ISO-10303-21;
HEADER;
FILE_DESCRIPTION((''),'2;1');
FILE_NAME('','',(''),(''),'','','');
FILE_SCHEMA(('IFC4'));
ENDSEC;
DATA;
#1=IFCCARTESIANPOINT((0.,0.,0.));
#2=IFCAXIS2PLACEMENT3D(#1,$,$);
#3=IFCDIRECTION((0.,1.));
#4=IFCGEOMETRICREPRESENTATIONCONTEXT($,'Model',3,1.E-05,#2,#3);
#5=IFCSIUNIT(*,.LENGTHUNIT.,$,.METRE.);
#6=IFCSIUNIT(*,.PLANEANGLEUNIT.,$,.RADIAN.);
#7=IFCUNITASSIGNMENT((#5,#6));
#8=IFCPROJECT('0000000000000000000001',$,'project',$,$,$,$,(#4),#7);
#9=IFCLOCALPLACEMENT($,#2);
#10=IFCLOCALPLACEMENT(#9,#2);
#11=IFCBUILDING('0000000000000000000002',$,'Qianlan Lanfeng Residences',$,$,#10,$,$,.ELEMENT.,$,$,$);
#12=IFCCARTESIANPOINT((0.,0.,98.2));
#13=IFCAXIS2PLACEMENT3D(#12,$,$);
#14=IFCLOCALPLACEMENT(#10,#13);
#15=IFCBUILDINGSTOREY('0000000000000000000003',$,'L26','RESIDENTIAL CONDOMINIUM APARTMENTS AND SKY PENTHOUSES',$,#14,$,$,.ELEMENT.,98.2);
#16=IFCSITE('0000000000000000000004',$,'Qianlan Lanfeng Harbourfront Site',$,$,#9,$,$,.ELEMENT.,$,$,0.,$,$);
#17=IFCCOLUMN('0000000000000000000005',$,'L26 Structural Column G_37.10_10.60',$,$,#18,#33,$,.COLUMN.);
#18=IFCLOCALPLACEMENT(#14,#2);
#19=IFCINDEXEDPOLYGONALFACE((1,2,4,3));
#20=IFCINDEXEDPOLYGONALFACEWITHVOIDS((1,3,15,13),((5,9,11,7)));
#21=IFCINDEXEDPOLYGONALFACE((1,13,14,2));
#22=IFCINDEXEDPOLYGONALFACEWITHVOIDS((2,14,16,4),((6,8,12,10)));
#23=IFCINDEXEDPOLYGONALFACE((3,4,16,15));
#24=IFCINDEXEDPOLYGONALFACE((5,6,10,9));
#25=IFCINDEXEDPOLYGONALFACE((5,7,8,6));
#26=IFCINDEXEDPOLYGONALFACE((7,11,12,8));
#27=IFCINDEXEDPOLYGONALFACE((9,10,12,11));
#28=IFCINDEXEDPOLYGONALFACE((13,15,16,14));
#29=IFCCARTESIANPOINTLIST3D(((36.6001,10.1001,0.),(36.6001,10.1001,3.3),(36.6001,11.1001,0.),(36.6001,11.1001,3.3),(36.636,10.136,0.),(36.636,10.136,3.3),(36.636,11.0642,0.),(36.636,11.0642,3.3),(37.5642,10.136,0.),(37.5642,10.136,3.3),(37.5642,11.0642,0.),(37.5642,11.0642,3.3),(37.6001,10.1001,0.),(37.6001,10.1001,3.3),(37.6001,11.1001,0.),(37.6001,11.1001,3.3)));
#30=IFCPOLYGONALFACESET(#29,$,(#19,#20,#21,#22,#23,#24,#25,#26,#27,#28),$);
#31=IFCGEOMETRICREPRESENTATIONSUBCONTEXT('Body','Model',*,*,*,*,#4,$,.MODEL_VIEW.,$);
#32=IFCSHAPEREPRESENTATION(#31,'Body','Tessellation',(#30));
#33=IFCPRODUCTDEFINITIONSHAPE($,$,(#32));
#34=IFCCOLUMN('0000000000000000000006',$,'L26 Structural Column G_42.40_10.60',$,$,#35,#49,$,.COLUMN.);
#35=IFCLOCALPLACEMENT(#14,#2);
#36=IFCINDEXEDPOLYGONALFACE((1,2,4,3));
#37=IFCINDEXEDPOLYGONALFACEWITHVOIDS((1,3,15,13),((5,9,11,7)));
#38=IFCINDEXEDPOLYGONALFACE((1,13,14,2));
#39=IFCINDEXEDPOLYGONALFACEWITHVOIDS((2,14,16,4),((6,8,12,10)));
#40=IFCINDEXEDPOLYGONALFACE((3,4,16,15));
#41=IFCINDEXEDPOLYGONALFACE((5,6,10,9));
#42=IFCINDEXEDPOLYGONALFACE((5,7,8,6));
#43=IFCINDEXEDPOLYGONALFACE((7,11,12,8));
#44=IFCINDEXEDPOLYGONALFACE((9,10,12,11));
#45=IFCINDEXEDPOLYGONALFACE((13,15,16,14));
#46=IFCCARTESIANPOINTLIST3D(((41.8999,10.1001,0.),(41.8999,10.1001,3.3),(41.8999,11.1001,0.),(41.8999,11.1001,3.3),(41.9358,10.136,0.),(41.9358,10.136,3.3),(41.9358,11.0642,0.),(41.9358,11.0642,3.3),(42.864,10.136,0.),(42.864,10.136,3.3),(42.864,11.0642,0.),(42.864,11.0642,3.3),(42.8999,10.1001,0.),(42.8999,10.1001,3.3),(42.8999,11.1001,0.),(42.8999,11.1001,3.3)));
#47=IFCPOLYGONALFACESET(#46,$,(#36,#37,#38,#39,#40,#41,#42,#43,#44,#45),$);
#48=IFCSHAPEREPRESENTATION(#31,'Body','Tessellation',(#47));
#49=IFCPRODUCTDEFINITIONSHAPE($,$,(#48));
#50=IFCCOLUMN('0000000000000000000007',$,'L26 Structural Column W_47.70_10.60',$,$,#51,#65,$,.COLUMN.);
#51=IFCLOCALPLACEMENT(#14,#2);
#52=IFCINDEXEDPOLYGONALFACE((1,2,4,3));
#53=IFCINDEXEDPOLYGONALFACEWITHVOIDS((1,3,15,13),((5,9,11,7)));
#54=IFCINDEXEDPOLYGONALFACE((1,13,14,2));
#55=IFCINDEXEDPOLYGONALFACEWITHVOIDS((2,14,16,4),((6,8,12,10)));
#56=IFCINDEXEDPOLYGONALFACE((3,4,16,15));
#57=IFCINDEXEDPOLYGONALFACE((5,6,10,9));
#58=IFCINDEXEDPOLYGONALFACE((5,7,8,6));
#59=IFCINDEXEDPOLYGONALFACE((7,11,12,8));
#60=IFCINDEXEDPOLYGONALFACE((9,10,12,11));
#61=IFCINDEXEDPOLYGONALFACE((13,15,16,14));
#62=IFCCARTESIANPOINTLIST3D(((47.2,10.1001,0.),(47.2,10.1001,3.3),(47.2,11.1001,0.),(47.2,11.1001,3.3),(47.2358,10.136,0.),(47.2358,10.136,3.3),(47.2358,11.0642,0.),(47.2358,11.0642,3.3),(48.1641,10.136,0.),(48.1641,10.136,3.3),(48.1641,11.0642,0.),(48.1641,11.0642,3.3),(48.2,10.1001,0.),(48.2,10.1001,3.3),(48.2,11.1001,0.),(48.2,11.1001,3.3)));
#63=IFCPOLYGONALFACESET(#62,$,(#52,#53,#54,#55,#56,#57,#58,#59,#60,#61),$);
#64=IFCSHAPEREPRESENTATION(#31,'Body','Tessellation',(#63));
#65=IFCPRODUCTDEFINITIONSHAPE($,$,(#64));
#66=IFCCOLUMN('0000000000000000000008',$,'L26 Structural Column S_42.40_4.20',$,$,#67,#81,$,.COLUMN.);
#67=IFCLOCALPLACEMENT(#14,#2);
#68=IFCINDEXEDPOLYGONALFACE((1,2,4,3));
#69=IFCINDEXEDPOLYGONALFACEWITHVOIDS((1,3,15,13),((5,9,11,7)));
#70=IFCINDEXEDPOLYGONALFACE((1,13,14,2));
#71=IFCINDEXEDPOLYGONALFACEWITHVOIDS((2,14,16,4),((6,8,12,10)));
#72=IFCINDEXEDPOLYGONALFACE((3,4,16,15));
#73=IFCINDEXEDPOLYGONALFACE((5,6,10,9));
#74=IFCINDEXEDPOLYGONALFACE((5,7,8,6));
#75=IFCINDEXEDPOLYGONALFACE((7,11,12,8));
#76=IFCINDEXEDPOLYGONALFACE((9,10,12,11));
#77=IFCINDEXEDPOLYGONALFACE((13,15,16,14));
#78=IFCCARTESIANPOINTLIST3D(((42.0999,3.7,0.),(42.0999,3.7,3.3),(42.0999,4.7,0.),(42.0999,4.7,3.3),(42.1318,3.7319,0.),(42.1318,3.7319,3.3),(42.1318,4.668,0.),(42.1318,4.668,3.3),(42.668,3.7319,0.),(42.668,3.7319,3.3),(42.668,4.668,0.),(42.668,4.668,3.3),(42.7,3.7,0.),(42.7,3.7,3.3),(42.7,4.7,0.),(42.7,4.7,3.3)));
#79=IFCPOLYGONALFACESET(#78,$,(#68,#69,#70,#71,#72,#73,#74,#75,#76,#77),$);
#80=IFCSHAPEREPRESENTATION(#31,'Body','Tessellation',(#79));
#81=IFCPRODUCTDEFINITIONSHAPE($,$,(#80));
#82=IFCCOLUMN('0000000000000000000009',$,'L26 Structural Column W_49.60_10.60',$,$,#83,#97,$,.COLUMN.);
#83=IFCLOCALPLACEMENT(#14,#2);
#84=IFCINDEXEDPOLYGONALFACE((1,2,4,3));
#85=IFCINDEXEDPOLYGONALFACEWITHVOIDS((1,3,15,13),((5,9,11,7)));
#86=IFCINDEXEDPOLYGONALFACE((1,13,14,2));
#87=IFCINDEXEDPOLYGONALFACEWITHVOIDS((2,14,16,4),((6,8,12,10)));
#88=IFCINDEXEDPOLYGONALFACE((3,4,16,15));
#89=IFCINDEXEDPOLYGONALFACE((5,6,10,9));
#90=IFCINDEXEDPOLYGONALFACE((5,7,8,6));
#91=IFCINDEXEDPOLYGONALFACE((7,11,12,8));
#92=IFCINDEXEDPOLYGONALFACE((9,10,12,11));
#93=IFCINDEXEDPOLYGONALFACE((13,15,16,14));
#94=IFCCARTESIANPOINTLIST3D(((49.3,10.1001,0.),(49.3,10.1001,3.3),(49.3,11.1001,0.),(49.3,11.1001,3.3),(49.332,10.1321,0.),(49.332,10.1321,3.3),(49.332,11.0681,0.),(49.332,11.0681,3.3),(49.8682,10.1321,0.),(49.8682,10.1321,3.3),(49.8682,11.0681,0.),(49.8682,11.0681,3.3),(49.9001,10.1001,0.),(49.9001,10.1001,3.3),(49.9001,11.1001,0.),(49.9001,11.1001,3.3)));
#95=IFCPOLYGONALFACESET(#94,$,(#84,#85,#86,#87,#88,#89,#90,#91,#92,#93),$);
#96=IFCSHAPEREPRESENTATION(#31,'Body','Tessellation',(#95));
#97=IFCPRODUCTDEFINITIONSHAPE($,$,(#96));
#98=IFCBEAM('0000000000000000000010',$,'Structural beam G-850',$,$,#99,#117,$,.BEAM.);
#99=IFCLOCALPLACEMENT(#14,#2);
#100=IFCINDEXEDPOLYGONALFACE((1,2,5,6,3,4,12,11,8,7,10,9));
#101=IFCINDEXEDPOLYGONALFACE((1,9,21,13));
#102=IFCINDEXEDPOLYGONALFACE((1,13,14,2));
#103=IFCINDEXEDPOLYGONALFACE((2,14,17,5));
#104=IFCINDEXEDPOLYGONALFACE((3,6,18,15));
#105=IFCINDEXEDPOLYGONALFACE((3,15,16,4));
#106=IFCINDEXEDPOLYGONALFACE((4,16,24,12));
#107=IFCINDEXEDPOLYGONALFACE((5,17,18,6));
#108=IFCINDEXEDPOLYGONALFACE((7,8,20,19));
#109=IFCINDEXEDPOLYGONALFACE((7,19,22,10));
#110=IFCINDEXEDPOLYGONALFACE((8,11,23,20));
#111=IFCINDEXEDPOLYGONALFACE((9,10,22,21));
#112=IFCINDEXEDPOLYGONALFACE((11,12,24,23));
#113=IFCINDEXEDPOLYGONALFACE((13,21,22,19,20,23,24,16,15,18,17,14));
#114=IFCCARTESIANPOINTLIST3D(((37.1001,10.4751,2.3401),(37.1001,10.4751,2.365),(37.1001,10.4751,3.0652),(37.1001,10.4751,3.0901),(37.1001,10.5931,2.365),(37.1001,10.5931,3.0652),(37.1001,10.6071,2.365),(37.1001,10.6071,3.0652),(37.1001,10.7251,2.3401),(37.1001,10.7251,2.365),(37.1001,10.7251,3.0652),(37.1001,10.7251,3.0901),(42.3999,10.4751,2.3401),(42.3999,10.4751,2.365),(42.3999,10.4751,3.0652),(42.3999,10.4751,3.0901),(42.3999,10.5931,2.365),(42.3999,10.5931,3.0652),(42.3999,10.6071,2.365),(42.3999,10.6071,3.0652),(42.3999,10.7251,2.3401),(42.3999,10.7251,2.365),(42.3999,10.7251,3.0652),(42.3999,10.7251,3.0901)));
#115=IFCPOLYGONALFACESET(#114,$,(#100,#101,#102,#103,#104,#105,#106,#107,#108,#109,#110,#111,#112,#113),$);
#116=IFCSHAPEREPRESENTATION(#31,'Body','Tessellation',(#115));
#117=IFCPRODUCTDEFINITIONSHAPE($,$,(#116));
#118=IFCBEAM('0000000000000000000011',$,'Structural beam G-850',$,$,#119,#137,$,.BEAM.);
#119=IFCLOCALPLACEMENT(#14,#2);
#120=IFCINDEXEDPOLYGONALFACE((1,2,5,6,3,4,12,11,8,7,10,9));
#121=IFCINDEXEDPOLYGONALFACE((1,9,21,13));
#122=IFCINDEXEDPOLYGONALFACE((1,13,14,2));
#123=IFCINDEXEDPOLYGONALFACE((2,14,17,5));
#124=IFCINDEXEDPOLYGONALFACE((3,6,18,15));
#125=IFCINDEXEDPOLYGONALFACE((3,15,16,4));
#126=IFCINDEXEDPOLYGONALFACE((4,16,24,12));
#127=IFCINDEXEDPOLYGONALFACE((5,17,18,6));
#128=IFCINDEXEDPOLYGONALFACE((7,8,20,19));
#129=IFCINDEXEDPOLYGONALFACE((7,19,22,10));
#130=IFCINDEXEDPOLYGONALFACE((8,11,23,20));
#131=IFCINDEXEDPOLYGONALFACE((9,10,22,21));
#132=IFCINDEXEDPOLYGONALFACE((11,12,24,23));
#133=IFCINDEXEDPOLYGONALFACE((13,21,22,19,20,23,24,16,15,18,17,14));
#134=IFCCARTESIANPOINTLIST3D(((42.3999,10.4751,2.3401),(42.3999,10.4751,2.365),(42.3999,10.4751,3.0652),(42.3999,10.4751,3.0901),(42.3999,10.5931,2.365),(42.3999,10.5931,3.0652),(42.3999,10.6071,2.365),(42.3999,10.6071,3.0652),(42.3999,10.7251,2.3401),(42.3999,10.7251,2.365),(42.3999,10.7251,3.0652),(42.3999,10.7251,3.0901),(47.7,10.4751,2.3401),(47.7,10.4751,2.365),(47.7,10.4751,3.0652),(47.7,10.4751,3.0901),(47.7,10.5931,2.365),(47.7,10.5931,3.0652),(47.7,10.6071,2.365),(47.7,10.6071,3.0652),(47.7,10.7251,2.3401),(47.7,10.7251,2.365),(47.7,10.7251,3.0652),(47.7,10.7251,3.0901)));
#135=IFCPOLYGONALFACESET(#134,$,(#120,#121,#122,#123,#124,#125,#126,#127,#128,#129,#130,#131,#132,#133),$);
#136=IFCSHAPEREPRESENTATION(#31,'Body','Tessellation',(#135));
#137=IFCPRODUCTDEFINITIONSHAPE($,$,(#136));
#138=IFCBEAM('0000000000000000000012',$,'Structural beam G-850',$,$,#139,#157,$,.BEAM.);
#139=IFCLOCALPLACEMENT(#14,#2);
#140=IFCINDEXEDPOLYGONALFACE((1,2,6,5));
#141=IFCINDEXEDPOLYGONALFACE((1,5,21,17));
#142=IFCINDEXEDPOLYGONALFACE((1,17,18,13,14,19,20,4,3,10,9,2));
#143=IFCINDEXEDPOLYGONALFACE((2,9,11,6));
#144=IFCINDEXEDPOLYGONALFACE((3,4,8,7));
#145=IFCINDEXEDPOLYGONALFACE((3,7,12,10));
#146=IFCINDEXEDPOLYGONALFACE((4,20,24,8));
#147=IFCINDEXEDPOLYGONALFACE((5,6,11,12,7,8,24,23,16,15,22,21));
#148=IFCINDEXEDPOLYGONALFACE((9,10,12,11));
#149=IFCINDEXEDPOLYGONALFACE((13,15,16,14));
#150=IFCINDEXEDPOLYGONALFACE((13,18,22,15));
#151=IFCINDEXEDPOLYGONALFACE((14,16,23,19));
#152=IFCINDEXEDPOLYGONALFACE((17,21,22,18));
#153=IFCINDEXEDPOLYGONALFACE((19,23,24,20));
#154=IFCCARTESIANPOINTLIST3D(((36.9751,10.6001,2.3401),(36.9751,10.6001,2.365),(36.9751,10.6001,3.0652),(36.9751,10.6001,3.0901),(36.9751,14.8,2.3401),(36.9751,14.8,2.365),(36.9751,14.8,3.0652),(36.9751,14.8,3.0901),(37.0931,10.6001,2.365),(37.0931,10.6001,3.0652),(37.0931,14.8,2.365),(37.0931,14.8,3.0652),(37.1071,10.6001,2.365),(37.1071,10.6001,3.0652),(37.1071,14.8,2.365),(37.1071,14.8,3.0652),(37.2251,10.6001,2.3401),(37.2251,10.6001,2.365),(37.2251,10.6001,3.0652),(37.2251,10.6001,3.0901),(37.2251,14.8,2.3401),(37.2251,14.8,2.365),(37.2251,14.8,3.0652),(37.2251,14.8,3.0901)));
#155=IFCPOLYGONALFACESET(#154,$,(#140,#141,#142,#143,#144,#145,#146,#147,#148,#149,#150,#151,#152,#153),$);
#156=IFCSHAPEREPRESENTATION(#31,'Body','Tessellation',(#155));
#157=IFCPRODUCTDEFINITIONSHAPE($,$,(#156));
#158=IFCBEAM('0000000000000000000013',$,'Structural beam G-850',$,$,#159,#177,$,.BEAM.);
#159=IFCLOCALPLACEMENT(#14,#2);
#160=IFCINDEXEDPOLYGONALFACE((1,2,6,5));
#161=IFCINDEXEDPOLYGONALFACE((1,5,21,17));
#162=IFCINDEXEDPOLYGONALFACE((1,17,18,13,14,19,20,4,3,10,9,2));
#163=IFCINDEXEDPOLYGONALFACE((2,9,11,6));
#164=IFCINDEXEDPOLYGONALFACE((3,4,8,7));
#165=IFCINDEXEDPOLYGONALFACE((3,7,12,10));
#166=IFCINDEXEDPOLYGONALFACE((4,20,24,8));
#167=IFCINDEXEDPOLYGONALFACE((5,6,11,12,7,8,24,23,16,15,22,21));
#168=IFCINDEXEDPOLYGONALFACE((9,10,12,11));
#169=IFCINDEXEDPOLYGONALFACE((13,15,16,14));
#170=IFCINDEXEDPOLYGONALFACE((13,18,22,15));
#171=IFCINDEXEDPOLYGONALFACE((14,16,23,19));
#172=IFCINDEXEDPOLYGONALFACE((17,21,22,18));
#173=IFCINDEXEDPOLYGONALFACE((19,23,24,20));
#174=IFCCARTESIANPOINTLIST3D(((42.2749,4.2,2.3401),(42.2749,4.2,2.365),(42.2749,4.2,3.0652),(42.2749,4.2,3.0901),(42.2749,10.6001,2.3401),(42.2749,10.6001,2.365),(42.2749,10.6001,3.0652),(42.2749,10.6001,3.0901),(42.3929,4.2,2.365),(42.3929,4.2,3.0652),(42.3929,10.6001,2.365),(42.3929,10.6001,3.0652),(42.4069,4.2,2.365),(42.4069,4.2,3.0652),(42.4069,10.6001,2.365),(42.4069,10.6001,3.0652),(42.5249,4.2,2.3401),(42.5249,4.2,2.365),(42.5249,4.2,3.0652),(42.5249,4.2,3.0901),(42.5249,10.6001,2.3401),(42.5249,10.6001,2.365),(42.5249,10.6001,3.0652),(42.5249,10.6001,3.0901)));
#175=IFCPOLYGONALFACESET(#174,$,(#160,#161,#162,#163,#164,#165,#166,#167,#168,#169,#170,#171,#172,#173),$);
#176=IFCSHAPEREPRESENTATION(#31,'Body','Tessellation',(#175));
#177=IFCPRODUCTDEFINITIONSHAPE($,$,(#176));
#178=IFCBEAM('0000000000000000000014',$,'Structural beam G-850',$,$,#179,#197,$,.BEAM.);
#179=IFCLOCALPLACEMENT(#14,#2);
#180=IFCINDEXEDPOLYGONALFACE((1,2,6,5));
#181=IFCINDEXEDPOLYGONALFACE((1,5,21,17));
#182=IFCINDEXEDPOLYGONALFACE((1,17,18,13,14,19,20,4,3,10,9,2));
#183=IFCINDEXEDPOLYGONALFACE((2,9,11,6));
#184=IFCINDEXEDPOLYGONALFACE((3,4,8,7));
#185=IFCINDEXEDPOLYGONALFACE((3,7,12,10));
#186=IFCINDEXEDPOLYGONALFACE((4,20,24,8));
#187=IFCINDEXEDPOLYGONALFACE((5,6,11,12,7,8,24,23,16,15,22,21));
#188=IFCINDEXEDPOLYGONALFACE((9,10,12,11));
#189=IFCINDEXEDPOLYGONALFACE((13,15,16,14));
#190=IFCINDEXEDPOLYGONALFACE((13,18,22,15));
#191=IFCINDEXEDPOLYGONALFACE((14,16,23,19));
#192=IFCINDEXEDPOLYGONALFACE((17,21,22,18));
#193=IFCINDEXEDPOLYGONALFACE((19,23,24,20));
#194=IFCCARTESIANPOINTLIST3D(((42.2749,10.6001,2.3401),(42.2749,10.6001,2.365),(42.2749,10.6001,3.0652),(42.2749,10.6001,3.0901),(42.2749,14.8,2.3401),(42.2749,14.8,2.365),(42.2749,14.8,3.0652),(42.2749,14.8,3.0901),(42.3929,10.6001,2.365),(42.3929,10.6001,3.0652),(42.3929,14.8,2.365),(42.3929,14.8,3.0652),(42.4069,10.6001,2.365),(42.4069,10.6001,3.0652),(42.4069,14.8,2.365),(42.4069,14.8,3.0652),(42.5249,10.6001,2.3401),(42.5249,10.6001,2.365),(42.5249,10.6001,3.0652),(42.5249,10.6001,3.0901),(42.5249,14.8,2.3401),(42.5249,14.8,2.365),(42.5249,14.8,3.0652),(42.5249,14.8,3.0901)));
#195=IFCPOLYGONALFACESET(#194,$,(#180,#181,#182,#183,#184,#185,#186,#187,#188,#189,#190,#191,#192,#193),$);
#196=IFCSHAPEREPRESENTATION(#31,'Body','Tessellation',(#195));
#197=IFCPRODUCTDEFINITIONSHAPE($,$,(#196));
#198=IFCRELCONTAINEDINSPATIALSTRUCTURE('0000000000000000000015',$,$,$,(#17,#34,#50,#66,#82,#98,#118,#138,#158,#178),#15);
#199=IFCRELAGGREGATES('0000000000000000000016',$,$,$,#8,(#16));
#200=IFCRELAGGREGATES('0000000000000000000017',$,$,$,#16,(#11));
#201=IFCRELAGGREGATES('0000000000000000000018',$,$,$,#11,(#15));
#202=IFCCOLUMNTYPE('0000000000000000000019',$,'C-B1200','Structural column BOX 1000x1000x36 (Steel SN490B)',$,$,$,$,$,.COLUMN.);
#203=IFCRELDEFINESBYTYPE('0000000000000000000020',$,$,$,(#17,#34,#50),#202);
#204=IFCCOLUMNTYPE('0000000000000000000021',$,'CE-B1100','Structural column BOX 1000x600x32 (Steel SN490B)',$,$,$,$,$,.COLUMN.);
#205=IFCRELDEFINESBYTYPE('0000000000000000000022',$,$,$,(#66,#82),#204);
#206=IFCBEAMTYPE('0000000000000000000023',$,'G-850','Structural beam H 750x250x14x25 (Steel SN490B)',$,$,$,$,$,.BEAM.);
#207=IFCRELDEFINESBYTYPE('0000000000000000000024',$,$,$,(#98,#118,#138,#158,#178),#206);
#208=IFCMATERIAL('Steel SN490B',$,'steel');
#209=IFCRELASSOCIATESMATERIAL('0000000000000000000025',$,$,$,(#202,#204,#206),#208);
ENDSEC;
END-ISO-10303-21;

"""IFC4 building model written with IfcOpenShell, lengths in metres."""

from ifc_helpers import new_model, si_unit, direction, frame, origin, origin_2d, place, context, subcontext, project, spatial, hollow_rectangle, i_section, extrude, material, material_profile, profile_set, type_object, element, save


model = new_model("IFC4")

# Units and contexts
model_context = context("Model", 3, precision=1e-05, world=origin(), true_north=direction((0.0, 1.0)))
body_context = subcontext(model_context, "Body", "Model", "MODEL_VIEW")
ifc_project = project(units=[si_unit("LENGTHUNIT", "METRE"), si_unit("PLANEANGLEUNIT", "RADIAN")], contexts=[model_context])

# Site, building, storey
site_placement = place(None, origin())
site = spatial("IfcSite", under=ifc_project, at=site_placement, Name="Qianlan Lanfeng Harbourfront Site", CompositionType="ELEMENT", RefElevation=0.0)
building_placement = place(site_placement, origin())
building = spatial("IfcBuilding", under=site, at=building_placement, Name="Qianlan Lanfeng Residences", CompositionType="ELEMENT")
storey_placement = place(building_placement, frame((0.0, 0.0, 98.2)))
storey = spatial("IfcBuildingStorey", under=building, at=storey_placement, Name="L26", Description="RESIDENTIAL CONDOMINIUM APARTMENTS AND SKY PENTHOUSES", CompositionType="ELEMENT", Elevation=98.2)

# Columns
ifc_material_1 = material(Name="Steel SN490B", Category="steel")
ifc_material_profile_1 = material_profile(ifc_material_1, hollow_rectangle(XDim=1.0, YDim=1.0, WallThickness=0.0359, at=origin_2d()), Name="BOX 1000x1000x36")
ifc_profile_set_1 = profile_set([ifc_material_profile_1], Name="Steel SN490B")
column_type_1 = type_object("IfcColumnType", Name="C-B1200", Description="Structural column BOX 1000x1000x36 (Steel SN490B)", PredefinedType="COLUMN", material=ifc_profile_set_1)
for number, where, z_axis, x_axis, name in (
    (1, (37.1001, 10.6001, 0.0), (0.0, 0.0, 1.0), (1.0, 0.0, 0.0), "L26 Structural Column G_37.10_10.60"),
    (2, (42.3999, 10.6001, 0.0), (0.0, 0.0, 1.0), (1.0, 0.0, 0.0), "L26 Structural Column G_42.40_10.60"),
    (3, (47.7, 10.6001, 0.0), (0.0, 0.0, 1.0), (1.0, 0.0, 0.0), "L26 Structural Column W_47.70_10.60"),
):
    element("IfcColumn", number, at=place(storey_placement, frame(where, z_axis=z_axis, x_axis=x_axis)), inside=storey, type_object=column_type_1, Name=name, PredefinedType="COLUMN", context=body_context, shape_type="SweptSolid", body=[
        extrude(hollow_rectangle(XDim=1.0, YDim=1.0, WallThickness=0.0359, at=origin_2d()), origin(), (0.0, 0.0, 1.0), 3.3),
    ])
ifc_material_profile_2 = material_profile(ifc_material_1, hollow_rectangle(XDim=0.6001, YDim=1.0, WallThickness=0.032, at=origin_2d()), Name="BOX 1000x600x32")
ifc_profile_set_2 = profile_set([ifc_material_profile_2], Name="Steel SN490B")
column_type_2 = type_object("IfcColumnType", Name="CE-B1100", Description="Structural column BOX 1000x600x32 (Steel SN490B)", PredefinedType="COLUMN", material=ifc_profile_set_2)
for number, where, z_axis, x_axis, name in (
    (4, (42.3999, 4.2, 0.0), (0.0, 0.0, 1.0), (1.0, 0.0, 0.0), "L26 Structural Column S_42.40_4.20"),
    (5, (49.6001, 10.6001, 0.0), (0.0, 0.0, 1.0), (1.0, 0.0, 0.0), "L26 Structural Column W_49.60_10.60"),
):
    element("IfcColumn", number, at=place(storey_placement, frame(where, z_axis=z_axis, x_axis=x_axis)), inside=storey, type_object=column_type_2, Name=name, PredefinedType="COLUMN", context=body_context, shape_type="SweptSolid", body=[
        extrude(hollow_rectangle(XDim=0.6001, YDim=1.0, WallThickness=0.032, at=origin_2d()), origin(), (0.0, 0.0, 1.0), 3.3),
    ])

# Beams
ifc_material_profile_3 = material_profile(ifc_material_1, i_section(OverallWidth=0.25, OverallDepth=0.75, WebThickness=0.0139, FlangeThickness=0.0249, at=origin_2d()), Name="H 750x250x14x25")
ifc_profile_set_3 = profile_set([ifc_material_profile_3], Name="Steel SN490B")
beam_type_1 = type_object("IfcBeamType", Name="G-850", Description="Structural beam H 750x250x14x25 (Steel SN490B)", PredefinedType="BEAM", material=ifc_profile_set_3)
beam_1_placement = place(storey_placement, frame((37.1001, 10.6001, 2.7151), z_axis=(1.0, 0.0, 0.0), x_axis=(0.0, 1.0, 0.0)))
element("IfcBeam", 6, at=beam_1_placement, inside=storey, type_object=beam_type_1, Name="Structural beam G-850", PredefinedType="BEAM", context=body_context, shape_type="SweptSolid", body=[
    extrude(i_section(OverallWidth=0.25, OverallDepth=0.75, WebThickness=0.0139, FlangeThickness=0.0249, at=origin_2d()), origin(), (0.0, 0.0, 1.0), 5.2998),
])
beam_2_placement = place(storey_placement, frame((42.3999, 10.6001, 2.7151), z_axis=(1.0, 0.0, 0.0), x_axis=(0.0, 1.0, 0.0)))
element("IfcBeam", 7, at=beam_2_placement, inside=storey, type_object=beam_type_1, Name="Structural beam G-850", PredefinedType="BEAM", context=body_context, shape_type="SweptSolid", body=[
    extrude(i_section(OverallWidth=0.25, OverallDepth=0.75, WebThickness=0.0139, FlangeThickness=0.0249, at=origin_2d()), origin(), (0.0, 0.0, 1.0), 5.3),
])
beam_3_placement = place(storey_placement, frame((37.1001, 10.6001, 2.7151), z_axis=(0.0, 1.0, 0.0), x_axis=(-1.0, 0.0, 0.0)))
element("IfcBeam", 8, at=beam_3_placement, inside=storey, type_object=beam_type_1, Name="Structural beam G-850", PredefinedType="BEAM", context=body_context, shape_type="SweptSolid", body=[
    extrude(i_section(OverallWidth=0.25, OverallDepth=0.75, WebThickness=0.0139, FlangeThickness=0.0249, at=origin_2d()), origin(), (0.0, 0.0, 1.0), 4.2),
])
beam_4_placement = place(storey_placement, frame((42.3999, 4.2, 2.7151), z_axis=(0.0, 1.0, 0.0), x_axis=(-1.0, 0.0, 0.0)))
element("IfcBeam", 9, at=beam_4_placement, inside=storey, type_object=beam_type_1, Name="Structural beam G-850", PredefinedType="BEAM", context=body_context, shape_type="SweptSolid", body=[
    extrude(i_section(OverallWidth=0.25, OverallDepth=0.75, WebThickness=0.0139, FlangeThickness=0.0249, at=origin_2d()), origin(), (0.0, 0.0, 1.0), 6.4001),
])
for number, where, z_axis, x_axis, name in (
    (10, (42.3999, 10.6001, 2.7151), (0.0, 1.0, 0.0), (-1.0, 0.0, 0.0), "Structural beam G-850"),
):
    element("IfcBeam", number, at=place(storey_placement, frame(where, z_axis=z_axis, x_axis=x_axis)), inside=storey, type_object=beam_type_1, Name=name, PredefinedType="BEAM", context=body_context, shape_type="SweptSolid", body=[
        extrude(i_section(OverallWidth=0.25, OverallDepth=0.75, WebThickness=0.0139, FlangeThickness=0.0249, at=origin_2d()), origin(), (0.0, 0.0, 1.0), 4.2),
    ])

save(model, "model.ifc")
